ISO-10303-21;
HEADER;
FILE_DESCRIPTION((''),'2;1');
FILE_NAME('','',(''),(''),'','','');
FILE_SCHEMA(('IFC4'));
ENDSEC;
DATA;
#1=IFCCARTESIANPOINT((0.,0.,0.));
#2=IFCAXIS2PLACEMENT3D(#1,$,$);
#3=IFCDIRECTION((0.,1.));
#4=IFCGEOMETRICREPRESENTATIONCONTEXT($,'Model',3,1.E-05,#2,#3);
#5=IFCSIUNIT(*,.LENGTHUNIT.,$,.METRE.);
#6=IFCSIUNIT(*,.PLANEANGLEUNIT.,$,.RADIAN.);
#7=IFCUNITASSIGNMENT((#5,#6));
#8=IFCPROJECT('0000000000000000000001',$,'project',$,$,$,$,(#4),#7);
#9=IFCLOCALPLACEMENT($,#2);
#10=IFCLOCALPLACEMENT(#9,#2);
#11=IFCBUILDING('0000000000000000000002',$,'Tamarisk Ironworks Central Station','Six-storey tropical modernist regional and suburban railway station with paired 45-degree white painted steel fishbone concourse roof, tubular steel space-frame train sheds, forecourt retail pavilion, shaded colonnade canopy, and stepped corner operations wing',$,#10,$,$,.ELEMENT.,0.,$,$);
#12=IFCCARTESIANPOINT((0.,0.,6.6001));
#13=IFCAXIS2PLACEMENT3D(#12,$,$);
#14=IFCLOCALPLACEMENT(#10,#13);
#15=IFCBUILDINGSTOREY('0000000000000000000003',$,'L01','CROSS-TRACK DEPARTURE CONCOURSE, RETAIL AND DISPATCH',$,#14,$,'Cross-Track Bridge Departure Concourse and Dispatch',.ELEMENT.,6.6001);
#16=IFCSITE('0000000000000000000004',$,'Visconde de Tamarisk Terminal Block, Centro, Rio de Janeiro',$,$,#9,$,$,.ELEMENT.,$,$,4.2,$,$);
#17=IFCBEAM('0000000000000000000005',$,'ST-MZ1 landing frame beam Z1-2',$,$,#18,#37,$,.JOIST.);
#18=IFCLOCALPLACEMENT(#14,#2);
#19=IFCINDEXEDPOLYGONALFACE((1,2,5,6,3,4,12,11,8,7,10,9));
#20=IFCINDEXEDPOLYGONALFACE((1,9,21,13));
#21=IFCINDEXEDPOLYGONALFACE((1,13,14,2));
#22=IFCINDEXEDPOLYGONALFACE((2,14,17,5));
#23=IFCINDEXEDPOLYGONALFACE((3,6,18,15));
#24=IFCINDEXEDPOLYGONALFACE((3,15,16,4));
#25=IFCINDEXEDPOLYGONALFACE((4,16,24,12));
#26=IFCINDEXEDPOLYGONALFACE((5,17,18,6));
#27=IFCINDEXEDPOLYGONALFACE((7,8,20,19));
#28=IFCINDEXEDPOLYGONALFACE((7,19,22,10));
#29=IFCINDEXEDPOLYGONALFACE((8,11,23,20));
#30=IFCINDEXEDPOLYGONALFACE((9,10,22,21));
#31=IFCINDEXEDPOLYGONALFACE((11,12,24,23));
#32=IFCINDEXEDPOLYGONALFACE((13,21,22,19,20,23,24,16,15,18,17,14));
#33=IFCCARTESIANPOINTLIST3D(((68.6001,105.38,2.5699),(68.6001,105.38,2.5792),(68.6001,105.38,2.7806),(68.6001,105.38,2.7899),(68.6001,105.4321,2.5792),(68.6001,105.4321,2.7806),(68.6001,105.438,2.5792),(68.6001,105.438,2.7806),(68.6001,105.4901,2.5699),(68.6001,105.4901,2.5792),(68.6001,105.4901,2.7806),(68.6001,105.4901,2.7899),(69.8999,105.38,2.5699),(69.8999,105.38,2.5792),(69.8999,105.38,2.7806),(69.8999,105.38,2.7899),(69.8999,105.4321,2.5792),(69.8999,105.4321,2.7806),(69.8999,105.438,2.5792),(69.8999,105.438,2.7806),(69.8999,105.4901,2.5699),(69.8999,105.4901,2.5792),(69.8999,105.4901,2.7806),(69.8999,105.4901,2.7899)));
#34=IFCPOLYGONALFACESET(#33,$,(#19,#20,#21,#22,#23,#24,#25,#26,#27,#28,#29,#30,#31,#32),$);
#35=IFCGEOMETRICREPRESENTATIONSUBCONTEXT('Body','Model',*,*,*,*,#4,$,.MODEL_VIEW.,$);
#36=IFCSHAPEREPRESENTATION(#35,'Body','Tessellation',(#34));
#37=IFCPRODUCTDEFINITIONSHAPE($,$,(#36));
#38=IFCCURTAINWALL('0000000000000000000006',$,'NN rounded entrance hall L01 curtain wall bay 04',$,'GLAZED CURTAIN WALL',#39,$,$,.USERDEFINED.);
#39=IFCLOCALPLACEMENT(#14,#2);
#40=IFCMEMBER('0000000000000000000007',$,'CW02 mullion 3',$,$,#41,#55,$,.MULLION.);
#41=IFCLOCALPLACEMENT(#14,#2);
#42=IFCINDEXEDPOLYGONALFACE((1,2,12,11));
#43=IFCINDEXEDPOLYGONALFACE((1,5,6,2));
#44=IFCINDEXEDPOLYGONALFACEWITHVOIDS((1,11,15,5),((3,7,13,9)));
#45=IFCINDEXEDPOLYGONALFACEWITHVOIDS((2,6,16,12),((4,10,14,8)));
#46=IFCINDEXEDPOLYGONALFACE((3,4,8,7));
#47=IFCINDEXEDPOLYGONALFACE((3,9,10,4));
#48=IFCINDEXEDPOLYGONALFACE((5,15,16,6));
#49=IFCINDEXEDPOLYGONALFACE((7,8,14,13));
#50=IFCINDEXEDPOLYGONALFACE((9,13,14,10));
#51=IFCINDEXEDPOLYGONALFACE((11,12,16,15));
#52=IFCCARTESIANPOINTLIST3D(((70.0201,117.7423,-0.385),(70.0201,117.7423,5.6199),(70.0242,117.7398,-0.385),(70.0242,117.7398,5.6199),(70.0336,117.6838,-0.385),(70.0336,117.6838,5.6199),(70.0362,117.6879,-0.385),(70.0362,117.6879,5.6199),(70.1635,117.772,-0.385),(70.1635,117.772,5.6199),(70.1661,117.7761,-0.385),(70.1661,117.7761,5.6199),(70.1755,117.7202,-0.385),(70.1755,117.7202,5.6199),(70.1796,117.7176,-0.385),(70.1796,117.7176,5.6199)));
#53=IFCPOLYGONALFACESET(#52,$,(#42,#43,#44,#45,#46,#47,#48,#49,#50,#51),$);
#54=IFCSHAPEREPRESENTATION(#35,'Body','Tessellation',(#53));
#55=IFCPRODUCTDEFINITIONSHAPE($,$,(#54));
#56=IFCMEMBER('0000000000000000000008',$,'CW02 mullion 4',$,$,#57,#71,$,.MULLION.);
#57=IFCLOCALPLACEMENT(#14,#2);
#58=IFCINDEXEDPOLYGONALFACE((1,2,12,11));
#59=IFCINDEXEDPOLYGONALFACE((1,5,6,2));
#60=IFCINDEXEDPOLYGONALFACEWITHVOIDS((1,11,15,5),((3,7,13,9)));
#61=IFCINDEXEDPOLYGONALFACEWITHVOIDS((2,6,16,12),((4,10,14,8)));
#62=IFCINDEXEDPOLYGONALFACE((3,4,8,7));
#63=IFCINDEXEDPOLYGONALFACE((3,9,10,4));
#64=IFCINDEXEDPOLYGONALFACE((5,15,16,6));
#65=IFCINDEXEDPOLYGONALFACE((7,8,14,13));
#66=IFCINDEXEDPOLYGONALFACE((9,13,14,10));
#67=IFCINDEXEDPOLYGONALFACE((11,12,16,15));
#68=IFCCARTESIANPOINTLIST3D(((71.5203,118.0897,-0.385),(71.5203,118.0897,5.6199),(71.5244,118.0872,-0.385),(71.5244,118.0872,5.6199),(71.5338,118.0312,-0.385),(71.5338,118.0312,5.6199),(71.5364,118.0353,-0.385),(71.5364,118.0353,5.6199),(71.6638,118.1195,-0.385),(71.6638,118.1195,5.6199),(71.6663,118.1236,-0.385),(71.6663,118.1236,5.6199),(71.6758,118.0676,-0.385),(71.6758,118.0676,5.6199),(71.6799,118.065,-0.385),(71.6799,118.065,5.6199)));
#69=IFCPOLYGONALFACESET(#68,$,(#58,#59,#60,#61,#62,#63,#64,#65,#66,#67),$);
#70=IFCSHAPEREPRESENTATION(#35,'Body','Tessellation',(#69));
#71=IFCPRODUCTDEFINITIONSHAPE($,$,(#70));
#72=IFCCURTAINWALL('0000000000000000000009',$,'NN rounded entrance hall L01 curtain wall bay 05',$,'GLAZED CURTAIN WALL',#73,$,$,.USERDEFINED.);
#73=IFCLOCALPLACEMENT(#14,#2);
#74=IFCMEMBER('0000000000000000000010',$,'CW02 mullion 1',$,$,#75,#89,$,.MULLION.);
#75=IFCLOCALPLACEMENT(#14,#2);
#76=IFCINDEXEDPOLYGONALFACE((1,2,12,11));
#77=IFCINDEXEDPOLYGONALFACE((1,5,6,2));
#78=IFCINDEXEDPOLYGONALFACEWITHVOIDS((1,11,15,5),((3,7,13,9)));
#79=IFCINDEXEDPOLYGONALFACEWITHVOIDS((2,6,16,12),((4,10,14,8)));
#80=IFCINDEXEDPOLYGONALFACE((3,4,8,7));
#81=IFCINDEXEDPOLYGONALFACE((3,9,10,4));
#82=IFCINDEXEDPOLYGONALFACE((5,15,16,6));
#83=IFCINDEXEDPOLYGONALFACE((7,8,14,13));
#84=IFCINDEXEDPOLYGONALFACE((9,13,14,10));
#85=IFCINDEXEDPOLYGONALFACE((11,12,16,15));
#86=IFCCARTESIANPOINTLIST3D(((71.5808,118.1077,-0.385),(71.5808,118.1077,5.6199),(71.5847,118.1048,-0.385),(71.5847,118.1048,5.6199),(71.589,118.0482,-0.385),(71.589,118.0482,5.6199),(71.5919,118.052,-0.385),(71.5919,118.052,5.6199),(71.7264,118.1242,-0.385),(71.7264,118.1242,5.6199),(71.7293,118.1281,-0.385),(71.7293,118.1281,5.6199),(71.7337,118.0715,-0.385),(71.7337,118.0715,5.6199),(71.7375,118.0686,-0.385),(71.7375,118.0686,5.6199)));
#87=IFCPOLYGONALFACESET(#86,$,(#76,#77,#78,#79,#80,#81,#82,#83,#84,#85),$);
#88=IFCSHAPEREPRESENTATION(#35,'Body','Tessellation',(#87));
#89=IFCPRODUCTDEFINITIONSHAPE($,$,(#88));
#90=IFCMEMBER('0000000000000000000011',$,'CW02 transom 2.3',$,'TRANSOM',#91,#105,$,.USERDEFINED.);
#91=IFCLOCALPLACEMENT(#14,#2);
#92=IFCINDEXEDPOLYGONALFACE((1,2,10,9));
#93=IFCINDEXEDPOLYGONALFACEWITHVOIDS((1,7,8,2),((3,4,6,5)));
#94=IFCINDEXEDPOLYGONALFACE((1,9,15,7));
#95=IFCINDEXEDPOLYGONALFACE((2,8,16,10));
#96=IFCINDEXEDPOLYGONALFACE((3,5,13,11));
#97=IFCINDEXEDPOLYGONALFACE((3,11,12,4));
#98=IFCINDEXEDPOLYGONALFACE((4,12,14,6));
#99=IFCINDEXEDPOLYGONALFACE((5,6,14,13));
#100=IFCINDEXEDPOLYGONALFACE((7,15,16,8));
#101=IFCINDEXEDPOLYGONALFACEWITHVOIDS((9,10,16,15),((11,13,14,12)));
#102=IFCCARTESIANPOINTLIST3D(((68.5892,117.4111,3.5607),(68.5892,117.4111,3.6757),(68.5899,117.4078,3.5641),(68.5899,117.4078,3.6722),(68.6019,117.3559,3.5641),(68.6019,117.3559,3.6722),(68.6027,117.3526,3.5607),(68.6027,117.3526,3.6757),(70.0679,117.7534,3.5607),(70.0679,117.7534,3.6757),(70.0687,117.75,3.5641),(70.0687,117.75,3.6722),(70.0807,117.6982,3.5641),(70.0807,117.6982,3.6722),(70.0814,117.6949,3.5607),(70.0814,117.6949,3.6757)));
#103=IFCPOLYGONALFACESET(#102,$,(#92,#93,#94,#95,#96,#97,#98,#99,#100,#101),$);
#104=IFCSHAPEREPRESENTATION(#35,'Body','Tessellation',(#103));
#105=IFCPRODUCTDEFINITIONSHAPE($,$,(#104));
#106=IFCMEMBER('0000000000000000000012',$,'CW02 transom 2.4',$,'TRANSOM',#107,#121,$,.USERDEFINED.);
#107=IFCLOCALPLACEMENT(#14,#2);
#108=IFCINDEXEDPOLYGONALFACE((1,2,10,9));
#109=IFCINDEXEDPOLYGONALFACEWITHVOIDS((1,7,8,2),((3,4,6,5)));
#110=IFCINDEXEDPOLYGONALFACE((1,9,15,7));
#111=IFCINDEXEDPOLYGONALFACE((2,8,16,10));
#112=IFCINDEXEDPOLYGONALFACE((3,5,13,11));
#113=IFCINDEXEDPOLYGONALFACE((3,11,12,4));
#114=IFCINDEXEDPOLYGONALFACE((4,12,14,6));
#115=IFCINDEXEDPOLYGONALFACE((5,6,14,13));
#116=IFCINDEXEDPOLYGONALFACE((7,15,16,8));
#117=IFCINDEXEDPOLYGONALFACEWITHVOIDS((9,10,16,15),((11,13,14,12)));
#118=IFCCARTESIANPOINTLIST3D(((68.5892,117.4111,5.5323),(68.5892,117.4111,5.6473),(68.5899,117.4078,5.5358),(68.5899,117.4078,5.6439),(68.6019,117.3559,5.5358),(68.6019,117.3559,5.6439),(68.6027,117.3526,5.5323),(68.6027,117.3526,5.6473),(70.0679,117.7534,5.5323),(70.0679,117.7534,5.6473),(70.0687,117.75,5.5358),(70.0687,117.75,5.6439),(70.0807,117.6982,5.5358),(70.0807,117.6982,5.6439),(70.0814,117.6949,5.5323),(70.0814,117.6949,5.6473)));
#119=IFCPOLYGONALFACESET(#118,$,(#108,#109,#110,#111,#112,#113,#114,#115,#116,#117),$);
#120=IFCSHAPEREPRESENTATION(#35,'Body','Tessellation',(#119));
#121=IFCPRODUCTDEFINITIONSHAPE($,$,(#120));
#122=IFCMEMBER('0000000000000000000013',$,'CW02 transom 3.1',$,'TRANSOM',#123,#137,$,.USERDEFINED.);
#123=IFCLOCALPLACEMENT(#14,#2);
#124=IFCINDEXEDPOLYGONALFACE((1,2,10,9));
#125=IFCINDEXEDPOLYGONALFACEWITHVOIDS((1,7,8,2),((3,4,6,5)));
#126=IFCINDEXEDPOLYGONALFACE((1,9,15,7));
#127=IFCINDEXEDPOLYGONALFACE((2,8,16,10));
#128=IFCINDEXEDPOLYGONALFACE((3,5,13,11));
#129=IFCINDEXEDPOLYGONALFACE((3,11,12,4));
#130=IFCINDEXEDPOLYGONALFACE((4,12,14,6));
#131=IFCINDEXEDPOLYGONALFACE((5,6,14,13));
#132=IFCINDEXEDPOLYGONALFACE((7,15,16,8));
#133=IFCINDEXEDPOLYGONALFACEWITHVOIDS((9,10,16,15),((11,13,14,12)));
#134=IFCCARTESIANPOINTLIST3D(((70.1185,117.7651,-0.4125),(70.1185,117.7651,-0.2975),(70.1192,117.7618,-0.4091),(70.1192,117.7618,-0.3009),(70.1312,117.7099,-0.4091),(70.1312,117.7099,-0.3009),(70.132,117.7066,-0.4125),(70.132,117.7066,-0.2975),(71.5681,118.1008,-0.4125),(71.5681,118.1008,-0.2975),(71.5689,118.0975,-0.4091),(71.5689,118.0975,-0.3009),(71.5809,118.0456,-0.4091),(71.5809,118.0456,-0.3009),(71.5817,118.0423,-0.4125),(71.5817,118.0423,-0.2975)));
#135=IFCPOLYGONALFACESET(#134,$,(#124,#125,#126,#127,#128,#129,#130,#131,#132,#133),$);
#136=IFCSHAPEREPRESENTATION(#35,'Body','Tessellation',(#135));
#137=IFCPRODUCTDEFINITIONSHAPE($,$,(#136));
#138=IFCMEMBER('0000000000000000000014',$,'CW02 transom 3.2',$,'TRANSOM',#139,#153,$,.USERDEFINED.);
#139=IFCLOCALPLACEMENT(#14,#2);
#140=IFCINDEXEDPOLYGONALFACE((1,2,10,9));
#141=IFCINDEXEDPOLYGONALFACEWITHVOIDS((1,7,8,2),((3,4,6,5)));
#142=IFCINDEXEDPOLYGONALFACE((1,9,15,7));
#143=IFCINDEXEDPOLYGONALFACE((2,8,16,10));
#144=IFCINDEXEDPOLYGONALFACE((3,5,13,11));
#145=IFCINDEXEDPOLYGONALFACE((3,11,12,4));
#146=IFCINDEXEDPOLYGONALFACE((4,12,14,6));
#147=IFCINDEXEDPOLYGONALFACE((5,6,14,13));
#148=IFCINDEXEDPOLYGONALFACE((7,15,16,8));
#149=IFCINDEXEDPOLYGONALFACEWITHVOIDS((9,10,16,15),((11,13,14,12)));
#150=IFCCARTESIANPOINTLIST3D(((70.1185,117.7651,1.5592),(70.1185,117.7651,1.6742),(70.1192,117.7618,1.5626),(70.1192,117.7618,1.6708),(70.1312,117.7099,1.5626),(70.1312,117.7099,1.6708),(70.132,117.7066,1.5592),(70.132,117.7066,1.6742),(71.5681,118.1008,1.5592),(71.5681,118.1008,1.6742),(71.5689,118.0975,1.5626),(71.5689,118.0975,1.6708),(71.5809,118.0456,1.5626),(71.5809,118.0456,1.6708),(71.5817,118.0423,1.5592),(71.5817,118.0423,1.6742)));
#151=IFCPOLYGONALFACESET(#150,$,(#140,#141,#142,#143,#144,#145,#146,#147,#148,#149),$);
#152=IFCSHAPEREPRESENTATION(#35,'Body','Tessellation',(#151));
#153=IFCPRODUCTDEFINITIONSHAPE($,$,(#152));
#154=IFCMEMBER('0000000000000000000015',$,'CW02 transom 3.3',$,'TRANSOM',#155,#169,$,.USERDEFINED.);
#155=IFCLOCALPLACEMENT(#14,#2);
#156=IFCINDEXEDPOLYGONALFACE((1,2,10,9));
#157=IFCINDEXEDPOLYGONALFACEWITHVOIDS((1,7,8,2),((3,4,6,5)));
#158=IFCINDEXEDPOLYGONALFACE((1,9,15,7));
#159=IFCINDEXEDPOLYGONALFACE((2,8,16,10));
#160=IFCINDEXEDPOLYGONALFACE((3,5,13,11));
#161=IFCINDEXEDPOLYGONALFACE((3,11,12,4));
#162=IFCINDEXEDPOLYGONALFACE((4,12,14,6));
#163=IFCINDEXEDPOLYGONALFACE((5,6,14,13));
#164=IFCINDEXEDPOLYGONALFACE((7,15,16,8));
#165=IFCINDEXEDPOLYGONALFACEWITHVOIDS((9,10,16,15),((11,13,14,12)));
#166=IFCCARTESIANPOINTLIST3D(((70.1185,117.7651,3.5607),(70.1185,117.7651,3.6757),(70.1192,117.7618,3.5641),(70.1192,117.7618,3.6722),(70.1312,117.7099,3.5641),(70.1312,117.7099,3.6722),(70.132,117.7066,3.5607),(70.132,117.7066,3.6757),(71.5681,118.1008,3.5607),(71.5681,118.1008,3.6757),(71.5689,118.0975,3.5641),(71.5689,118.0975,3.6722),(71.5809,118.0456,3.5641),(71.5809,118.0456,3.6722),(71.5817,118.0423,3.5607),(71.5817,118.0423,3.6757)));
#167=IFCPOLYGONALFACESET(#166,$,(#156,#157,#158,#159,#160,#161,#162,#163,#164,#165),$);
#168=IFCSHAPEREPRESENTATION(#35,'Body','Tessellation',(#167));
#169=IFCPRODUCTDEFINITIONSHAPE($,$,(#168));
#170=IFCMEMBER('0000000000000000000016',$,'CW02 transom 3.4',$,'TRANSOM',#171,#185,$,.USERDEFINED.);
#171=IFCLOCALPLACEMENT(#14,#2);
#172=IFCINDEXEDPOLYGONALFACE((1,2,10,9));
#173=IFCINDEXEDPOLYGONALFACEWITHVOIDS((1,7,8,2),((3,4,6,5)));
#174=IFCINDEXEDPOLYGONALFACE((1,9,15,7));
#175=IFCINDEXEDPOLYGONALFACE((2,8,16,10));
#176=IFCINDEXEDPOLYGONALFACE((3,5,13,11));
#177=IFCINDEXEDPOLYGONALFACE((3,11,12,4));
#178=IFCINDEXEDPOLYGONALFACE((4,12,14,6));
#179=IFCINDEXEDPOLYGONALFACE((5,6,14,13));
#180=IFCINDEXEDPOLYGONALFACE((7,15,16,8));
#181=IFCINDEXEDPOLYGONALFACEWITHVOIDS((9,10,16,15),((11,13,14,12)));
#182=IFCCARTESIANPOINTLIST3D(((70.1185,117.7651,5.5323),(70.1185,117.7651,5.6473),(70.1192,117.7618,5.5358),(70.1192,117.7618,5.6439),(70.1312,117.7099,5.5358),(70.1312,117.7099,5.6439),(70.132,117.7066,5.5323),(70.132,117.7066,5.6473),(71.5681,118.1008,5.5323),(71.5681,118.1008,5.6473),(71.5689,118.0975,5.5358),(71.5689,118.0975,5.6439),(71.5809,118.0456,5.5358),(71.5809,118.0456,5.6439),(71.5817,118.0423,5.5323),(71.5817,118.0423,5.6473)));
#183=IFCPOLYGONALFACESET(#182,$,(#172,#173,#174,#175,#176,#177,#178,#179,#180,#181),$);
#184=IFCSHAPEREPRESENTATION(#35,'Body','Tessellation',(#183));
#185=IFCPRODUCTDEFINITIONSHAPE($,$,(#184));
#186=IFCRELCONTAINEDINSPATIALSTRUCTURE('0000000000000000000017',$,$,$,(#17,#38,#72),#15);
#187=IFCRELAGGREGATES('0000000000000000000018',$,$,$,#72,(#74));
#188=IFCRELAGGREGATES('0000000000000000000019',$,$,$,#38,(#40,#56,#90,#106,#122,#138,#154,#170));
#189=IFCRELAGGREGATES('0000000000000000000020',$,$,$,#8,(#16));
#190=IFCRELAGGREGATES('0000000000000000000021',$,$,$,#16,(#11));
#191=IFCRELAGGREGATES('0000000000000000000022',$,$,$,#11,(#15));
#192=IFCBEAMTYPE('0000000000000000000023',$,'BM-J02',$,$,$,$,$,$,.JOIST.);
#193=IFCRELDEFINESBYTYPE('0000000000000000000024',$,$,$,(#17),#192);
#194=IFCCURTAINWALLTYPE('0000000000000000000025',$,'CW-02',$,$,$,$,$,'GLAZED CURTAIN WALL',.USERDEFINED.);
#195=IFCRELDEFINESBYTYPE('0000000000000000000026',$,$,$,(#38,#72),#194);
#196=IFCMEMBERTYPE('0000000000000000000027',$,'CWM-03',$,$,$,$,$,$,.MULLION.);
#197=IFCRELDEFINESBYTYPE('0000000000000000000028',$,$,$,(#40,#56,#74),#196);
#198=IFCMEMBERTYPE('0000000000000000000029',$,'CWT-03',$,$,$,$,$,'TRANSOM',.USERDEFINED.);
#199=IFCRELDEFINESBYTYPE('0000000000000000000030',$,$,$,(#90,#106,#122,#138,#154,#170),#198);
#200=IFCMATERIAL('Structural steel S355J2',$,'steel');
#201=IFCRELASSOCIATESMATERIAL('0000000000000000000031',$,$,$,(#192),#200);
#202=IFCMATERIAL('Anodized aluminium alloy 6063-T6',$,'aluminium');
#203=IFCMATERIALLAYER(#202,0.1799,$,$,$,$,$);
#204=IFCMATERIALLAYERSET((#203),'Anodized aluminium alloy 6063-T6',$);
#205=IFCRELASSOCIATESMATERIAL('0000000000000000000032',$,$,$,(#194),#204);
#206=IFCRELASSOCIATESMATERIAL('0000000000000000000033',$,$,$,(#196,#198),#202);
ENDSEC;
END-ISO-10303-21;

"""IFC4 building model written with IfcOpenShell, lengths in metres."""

from ifc_helpers import new_model, si_unit, direction, frame, origin, origin_2d, place, context, subcontext, project, spatial, hollow_rectangle, i_section, extrude, material, layer, layer_set, material_profile, profile_set, type_object, element, aggregate, save


model = new_model("IFC4")

# Units and contexts
model_context = context("Model", 3, precision=1e-05, world=origin(), true_north=direction((0.0, 1.0)))
body_context = subcontext(model_context, "Body", "Model", "MODEL_VIEW")
ifc_project = project(units=[si_unit("LENGTHUNIT", "METRE"), si_unit("PLANEANGLEUNIT", "RADIAN")], contexts=[model_context])

# Site, building, storey
site_placement = place(None, origin())
site = spatial("IfcSite", under=ifc_project, at=site_placement, Name="Visconde de Tamarisk Terminal Block, Centro, Rio de Janeiro", CompositionType="ELEMENT", RefElevation=4.2)
building_placement = place(site_placement, origin())
building = spatial("IfcBuilding", under=site, at=building_placement, Name="Tamarisk Ironworks Central Station", Description="Six-storey tropical modernist regional and suburban railway station with paired 45-degree white painted steel fishbone concourse roof, tubular steel space-frame train sheds, forecourt retail pavilion, shaded colonnade canopy, and stepped corner operations wing", CompositionType="ELEMENT", ElevationOfRefHeight=0.0)
storey_placement = place(building_placement, frame((0.0, 0.0, 6.6001)))
storey = spatial("IfcBuildingStorey", under=building, at=storey_placement, Name="L01", Description="CROSS-TRACK DEPARTURE CONCOURSE, RETAIL AND DISPATCH", LongName="Cross-Track Bridge Departure Concourse and Dispatch", CompositionType="ELEMENT", Elevation=6.6001)

# Shared definitions
ifc_material_1 = material(Name="Structural steel S355J2", Category="steel")

# Beam
ifc_material_profile_1 = material_profile(ifc_material_1, i_section(OverallWidth=0.1101, OverallDepth=0.22, WebThickness=0.0059, FlangeThickness=0.0093, at=origin_2d()), Name="IPE 220")
ifc_profile_set_1 = profile_set([ifc_material_profile_1], Name="Structural steel S355J2")
beam_type_1 = type_object("IfcBeamType", Name="BM-J02", PredefinedType="JOIST", material=ifc_profile_set_1)
beam_1_placement = place(storey_placement, frame((68.6001, 105.4351, 2.6799), z_axis=(1.0, 0.0, 0.0), x_axis=(0.0, 1.0, 0.0)))
element("IfcBeam", 1, at=beam_1_placement, inside=storey, type_object=beam_type_1, Name="ST-MZ1 landing frame beam Z1-2", PredefinedType="JOIST", context=body_context, shape_type="SweptSolid", body=[
    extrude(i_section(OverallWidth=0.1101, OverallDepth=0.22, WebThickness=0.0059, FlangeThickness=0.0093, at=origin_2d()), origin(), (0.0, 0.0, 1.0), 1.2998),
])

# Curtain wall, members
ifc_material_2 = material(Name="Anodized aluminium alloy 6063-T6", Category="aluminium")
ifc_layer_1 = layer(ifc_material_2, 0.1799)
ifc_layer_set_1 = layer_set([ifc_layer_1], Name="Anodized aluminium alloy 6063-T6")
curtain_wall_type = type_object("IfcCurtainWallType", Name="CW-02", ElementType="GLAZED CURTAIN WALL", PredefinedType="USERDEFINED", material=ifc_layer_set_1)
curtain_wall_1_placement = place(storey_placement, origin())
curtain_wall_1 = element("IfcCurtainWall", 2, at=curtain_wall_1_placement, inside=storey, type_object=curtain_wall_type, Name="NN rounded entrance hall L01 curtain wall bay 04", ObjectType="GLAZED CURTAIN WALL", PredefinedType="USERDEFINED")
ifc_material_profile_2 = material_profile(ifc_material_2, hollow_rectangle(XDim=0.0601, YDim=0.1499, WallThickness=0.0034, at=origin_2d()), Name="ALUM 150x60")
ifc_profile_set_2 = profile_set([ifc_material_profile_2], Name="Anodized aluminium alloy 6063-T6")
member_type_1 = type_object("IfcMemberType", Name="CWM-03", PredefinedType="MULLION", material=ifc_profile_set_2)
member_1_placement = place(storey_placement, frame((70.0999, 117.73, -0.385), z_axis=(0.0, 0.0, 1.0), x_axis=(-0.225517, 0.974239, 0.0)))
member_1 = element("IfcMember", 3, at=member_1_placement, type_object=member_type_1, Name="CW02 mullion 3", PredefinedType="MULLION", context=body_context, shape_type="SweptSolid", body=[
    extrude(hollow_rectangle(XDim=0.0601, YDim=0.1499, WallThickness=0.0034, at=origin_2d()), origin(), (0.0, 0.0, 1.0), 6.0049),
])
member_2_placement = place(storey_placement, frame((71.6001, 118.0774, -0.385), z_axis=(0.0, 0.0, 1.0), x_axis=(-0.225517, 0.974239, 0.0)))
member_2 = element("IfcMember", 4, at=member_2_placement, type_object=member_type_1, Name="CW02 mullion 4", PredefinedType="MULLION", context=body_context, shape_type="SweptSolid", body=[
    extrude(hollow_rectangle(XDim=0.0601, YDim=0.1499, WallThickness=0.0034, at=origin_2d()), origin(), (0.0, 0.0, 1.0), 6.0049),
])

# Curtain wall, member
curtain_wall_2_placement = place(storey_placement, origin())
curtain_wall_2 = element("IfcCurtainWall", 5, at=curtain_wall_2_placement, inside=storey, type_object=curtain_wall_type, Name="NN rounded entrance hall L01 curtain wall bay 05", ObjectType="GLAZED CURTAIN WALL", PredefinedType="USERDEFINED")
member_3_placement = place(storey_placement, frame((71.6592, 118.0881, -0.385), z_axis=(0.0, 0.0, 1.0), x_axis=(-0.136042, 0.990703, 0.0)))
member_3 = element("IfcMember", 6, at=member_3_placement, type_object=member_type_1, Name="CW02 mullion 1", PredefinedType="MULLION", context=body_context, shape_type="SweptSolid", body=[
    extrude(hollow_rectangle(XDim=0.0601, YDim=0.1499, WallThickness=0.0034, at=origin_2d()), origin(), (0.0, 0.0, 1.0), 6.0049),
])

# Members
ifc_material_profile_3 = material_profile(ifc_material_2, hollow_rectangle(XDim=0.0601, YDim=0.115, WallThickness=0.0034, at=origin_2d()), Name="ALUM 115x60")
ifc_profile_set_3 = profile_set([ifc_material_profile_3], Name="Anodized aluminium alloy 6063-T6")
member_type_2 = type_object("IfcMemberType", Name="CWT-03", ElementType="TRANSOM", PredefinedType="USERDEFINED", material=ifc_profile_set_3)
member_4_placement = place(storey_placement, frame((68.5959, 117.3818, 3.6182), z_axis=(0.974242, 0.225506, 0.0), x_axis=(-0.225506, 0.974242, 0.0)))
member_4 = element("IfcMember", 7, at=member_4_placement, type_object=member_type_2, Name="CW02 transom 2.3", ObjectType="TRANSOM", PredefinedType="USERDEFINED", context=body_context, shape_type="SweptSolid", body=[
    extrude(hollow_rectangle(XDim=0.0601, YDim=0.115, WallThickness=0.0034, at=origin_2d()), origin(), (0.0, 0.0, 1.0), 1.5178),
])
member_5_placement = place(storey_placement, frame((68.5959, 117.3818, 5.5898), z_axis=(0.974242, 0.225506, 0.0), x_axis=(-0.225506, 0.974242, 0.0)))
member_5 = element("IfcMember", 8, at=member_5_placement, type_object=member_type_2, Name="CW02 transom 2.4", ObjectType="TRANSOM", PredefinedType="USERDEFINED", context=body_context, shape_type="SweptSolid", body=[
    extrude(hollow_rectangle(XDim=0.0601, YDim=0.115, WallThickness=0.0034, at=origin_2d()), origin(), (0.0, 0.0, 1.0), 1.5178),
])
member_6_placement = place(storey_placement, frame((70.1252, 117.7358, -0.355), z_axis=(0.974222, 0.22559, 0.0), x_axis=(-0.22559, 0.974222, 0.0)))
member_6 = element("IfcMember", 9, at=member_6_placement, type_object=member_type_2, Name="CW02 transom 3.1", ObjectType="TRANSOM", PredefinedType="USERDEFINED", context=body_context, shape_type="SweptSolid", body=[
    extrude(hollow_rectangle(XDim=0.0601, YDim=0.115, WallThickness=0.0034, at=origin_2d()), origin(), (0.0, 0.0, 1.0), 1.488),
])
member_7_placement = place(storey_placement, frame((70.1252, 117.7358, 1.6167), z_axis=(0.974222, 0.22559, 0.0), x_axis=(-0.22559, 0.974222, 0.0)))
member_7 = element("IfcMember", 10, at=member_7_placement, type_object=member_type_2, Name="CW02 transom 3.2", ObjectType="TRANSOM", PredefinedType="USERDEFINED", context=body_context, shape_type="SweptSolid", body=[
    extrude(hollow_rectangle(XDim=0.0601, YDim=0.115, WallThickness=0.0034, at=origin_2d()), origin(), (0.0, 0.0, 1.0), 1.488),
])
member_8_placement = place(storey_placement, frame((70.1252, 117.7358, 3.6182), z_axis=(0.974222, 0.22559, 0.0), x_axis=(-0.22559, 0.974222, 0.0)))
member_8 = element("IfcMember", 11, at=member_8_placement, type_object=member_type_2, Name="CW02 transom 3.3", ObjectType="TRANSOM", PredefinedType="USERDEFINED", context=body_context, shape_type="SweptSolid", body=[
    extrude(hollow_rectangle(XDim=0.0601, YDim=0.115, WallThickness=0.0034, at=origin_2d()), origin(), (0.0, 0.0, 1.0), 1.488),
])
member_9_placement = place(storey_placement, frame((70.1252, 117.7358, 5.5898), z_axis=(0.974222, 0.22559, 0.0), x_axis=(-0.22559, 0.974222, 0.0)))
member_9 = element("IfcMember", 12, at=member_9_placement, type_object=member_type_2, Name="CW02 transom 3.4", ObjectType="TRANSOM", PredefinedType="USERDEFINED", context=body_context, shape_type="SweptSolid", body=[
    extrude(hollow_rectangle(XDim=0.0601, YDim=0.115, WallThickness=0.0034, at=origin_2d()), origin(), (0.0, 0.0, 1.0), 1.488),
])
aggregate(curtain_wall_2, [member_3])

aggregate(curtain_wall_1, [member_1, member_2, member_4, member_5, member_6, member_7, member_8, member_9])

save(model, "model.ifc")
